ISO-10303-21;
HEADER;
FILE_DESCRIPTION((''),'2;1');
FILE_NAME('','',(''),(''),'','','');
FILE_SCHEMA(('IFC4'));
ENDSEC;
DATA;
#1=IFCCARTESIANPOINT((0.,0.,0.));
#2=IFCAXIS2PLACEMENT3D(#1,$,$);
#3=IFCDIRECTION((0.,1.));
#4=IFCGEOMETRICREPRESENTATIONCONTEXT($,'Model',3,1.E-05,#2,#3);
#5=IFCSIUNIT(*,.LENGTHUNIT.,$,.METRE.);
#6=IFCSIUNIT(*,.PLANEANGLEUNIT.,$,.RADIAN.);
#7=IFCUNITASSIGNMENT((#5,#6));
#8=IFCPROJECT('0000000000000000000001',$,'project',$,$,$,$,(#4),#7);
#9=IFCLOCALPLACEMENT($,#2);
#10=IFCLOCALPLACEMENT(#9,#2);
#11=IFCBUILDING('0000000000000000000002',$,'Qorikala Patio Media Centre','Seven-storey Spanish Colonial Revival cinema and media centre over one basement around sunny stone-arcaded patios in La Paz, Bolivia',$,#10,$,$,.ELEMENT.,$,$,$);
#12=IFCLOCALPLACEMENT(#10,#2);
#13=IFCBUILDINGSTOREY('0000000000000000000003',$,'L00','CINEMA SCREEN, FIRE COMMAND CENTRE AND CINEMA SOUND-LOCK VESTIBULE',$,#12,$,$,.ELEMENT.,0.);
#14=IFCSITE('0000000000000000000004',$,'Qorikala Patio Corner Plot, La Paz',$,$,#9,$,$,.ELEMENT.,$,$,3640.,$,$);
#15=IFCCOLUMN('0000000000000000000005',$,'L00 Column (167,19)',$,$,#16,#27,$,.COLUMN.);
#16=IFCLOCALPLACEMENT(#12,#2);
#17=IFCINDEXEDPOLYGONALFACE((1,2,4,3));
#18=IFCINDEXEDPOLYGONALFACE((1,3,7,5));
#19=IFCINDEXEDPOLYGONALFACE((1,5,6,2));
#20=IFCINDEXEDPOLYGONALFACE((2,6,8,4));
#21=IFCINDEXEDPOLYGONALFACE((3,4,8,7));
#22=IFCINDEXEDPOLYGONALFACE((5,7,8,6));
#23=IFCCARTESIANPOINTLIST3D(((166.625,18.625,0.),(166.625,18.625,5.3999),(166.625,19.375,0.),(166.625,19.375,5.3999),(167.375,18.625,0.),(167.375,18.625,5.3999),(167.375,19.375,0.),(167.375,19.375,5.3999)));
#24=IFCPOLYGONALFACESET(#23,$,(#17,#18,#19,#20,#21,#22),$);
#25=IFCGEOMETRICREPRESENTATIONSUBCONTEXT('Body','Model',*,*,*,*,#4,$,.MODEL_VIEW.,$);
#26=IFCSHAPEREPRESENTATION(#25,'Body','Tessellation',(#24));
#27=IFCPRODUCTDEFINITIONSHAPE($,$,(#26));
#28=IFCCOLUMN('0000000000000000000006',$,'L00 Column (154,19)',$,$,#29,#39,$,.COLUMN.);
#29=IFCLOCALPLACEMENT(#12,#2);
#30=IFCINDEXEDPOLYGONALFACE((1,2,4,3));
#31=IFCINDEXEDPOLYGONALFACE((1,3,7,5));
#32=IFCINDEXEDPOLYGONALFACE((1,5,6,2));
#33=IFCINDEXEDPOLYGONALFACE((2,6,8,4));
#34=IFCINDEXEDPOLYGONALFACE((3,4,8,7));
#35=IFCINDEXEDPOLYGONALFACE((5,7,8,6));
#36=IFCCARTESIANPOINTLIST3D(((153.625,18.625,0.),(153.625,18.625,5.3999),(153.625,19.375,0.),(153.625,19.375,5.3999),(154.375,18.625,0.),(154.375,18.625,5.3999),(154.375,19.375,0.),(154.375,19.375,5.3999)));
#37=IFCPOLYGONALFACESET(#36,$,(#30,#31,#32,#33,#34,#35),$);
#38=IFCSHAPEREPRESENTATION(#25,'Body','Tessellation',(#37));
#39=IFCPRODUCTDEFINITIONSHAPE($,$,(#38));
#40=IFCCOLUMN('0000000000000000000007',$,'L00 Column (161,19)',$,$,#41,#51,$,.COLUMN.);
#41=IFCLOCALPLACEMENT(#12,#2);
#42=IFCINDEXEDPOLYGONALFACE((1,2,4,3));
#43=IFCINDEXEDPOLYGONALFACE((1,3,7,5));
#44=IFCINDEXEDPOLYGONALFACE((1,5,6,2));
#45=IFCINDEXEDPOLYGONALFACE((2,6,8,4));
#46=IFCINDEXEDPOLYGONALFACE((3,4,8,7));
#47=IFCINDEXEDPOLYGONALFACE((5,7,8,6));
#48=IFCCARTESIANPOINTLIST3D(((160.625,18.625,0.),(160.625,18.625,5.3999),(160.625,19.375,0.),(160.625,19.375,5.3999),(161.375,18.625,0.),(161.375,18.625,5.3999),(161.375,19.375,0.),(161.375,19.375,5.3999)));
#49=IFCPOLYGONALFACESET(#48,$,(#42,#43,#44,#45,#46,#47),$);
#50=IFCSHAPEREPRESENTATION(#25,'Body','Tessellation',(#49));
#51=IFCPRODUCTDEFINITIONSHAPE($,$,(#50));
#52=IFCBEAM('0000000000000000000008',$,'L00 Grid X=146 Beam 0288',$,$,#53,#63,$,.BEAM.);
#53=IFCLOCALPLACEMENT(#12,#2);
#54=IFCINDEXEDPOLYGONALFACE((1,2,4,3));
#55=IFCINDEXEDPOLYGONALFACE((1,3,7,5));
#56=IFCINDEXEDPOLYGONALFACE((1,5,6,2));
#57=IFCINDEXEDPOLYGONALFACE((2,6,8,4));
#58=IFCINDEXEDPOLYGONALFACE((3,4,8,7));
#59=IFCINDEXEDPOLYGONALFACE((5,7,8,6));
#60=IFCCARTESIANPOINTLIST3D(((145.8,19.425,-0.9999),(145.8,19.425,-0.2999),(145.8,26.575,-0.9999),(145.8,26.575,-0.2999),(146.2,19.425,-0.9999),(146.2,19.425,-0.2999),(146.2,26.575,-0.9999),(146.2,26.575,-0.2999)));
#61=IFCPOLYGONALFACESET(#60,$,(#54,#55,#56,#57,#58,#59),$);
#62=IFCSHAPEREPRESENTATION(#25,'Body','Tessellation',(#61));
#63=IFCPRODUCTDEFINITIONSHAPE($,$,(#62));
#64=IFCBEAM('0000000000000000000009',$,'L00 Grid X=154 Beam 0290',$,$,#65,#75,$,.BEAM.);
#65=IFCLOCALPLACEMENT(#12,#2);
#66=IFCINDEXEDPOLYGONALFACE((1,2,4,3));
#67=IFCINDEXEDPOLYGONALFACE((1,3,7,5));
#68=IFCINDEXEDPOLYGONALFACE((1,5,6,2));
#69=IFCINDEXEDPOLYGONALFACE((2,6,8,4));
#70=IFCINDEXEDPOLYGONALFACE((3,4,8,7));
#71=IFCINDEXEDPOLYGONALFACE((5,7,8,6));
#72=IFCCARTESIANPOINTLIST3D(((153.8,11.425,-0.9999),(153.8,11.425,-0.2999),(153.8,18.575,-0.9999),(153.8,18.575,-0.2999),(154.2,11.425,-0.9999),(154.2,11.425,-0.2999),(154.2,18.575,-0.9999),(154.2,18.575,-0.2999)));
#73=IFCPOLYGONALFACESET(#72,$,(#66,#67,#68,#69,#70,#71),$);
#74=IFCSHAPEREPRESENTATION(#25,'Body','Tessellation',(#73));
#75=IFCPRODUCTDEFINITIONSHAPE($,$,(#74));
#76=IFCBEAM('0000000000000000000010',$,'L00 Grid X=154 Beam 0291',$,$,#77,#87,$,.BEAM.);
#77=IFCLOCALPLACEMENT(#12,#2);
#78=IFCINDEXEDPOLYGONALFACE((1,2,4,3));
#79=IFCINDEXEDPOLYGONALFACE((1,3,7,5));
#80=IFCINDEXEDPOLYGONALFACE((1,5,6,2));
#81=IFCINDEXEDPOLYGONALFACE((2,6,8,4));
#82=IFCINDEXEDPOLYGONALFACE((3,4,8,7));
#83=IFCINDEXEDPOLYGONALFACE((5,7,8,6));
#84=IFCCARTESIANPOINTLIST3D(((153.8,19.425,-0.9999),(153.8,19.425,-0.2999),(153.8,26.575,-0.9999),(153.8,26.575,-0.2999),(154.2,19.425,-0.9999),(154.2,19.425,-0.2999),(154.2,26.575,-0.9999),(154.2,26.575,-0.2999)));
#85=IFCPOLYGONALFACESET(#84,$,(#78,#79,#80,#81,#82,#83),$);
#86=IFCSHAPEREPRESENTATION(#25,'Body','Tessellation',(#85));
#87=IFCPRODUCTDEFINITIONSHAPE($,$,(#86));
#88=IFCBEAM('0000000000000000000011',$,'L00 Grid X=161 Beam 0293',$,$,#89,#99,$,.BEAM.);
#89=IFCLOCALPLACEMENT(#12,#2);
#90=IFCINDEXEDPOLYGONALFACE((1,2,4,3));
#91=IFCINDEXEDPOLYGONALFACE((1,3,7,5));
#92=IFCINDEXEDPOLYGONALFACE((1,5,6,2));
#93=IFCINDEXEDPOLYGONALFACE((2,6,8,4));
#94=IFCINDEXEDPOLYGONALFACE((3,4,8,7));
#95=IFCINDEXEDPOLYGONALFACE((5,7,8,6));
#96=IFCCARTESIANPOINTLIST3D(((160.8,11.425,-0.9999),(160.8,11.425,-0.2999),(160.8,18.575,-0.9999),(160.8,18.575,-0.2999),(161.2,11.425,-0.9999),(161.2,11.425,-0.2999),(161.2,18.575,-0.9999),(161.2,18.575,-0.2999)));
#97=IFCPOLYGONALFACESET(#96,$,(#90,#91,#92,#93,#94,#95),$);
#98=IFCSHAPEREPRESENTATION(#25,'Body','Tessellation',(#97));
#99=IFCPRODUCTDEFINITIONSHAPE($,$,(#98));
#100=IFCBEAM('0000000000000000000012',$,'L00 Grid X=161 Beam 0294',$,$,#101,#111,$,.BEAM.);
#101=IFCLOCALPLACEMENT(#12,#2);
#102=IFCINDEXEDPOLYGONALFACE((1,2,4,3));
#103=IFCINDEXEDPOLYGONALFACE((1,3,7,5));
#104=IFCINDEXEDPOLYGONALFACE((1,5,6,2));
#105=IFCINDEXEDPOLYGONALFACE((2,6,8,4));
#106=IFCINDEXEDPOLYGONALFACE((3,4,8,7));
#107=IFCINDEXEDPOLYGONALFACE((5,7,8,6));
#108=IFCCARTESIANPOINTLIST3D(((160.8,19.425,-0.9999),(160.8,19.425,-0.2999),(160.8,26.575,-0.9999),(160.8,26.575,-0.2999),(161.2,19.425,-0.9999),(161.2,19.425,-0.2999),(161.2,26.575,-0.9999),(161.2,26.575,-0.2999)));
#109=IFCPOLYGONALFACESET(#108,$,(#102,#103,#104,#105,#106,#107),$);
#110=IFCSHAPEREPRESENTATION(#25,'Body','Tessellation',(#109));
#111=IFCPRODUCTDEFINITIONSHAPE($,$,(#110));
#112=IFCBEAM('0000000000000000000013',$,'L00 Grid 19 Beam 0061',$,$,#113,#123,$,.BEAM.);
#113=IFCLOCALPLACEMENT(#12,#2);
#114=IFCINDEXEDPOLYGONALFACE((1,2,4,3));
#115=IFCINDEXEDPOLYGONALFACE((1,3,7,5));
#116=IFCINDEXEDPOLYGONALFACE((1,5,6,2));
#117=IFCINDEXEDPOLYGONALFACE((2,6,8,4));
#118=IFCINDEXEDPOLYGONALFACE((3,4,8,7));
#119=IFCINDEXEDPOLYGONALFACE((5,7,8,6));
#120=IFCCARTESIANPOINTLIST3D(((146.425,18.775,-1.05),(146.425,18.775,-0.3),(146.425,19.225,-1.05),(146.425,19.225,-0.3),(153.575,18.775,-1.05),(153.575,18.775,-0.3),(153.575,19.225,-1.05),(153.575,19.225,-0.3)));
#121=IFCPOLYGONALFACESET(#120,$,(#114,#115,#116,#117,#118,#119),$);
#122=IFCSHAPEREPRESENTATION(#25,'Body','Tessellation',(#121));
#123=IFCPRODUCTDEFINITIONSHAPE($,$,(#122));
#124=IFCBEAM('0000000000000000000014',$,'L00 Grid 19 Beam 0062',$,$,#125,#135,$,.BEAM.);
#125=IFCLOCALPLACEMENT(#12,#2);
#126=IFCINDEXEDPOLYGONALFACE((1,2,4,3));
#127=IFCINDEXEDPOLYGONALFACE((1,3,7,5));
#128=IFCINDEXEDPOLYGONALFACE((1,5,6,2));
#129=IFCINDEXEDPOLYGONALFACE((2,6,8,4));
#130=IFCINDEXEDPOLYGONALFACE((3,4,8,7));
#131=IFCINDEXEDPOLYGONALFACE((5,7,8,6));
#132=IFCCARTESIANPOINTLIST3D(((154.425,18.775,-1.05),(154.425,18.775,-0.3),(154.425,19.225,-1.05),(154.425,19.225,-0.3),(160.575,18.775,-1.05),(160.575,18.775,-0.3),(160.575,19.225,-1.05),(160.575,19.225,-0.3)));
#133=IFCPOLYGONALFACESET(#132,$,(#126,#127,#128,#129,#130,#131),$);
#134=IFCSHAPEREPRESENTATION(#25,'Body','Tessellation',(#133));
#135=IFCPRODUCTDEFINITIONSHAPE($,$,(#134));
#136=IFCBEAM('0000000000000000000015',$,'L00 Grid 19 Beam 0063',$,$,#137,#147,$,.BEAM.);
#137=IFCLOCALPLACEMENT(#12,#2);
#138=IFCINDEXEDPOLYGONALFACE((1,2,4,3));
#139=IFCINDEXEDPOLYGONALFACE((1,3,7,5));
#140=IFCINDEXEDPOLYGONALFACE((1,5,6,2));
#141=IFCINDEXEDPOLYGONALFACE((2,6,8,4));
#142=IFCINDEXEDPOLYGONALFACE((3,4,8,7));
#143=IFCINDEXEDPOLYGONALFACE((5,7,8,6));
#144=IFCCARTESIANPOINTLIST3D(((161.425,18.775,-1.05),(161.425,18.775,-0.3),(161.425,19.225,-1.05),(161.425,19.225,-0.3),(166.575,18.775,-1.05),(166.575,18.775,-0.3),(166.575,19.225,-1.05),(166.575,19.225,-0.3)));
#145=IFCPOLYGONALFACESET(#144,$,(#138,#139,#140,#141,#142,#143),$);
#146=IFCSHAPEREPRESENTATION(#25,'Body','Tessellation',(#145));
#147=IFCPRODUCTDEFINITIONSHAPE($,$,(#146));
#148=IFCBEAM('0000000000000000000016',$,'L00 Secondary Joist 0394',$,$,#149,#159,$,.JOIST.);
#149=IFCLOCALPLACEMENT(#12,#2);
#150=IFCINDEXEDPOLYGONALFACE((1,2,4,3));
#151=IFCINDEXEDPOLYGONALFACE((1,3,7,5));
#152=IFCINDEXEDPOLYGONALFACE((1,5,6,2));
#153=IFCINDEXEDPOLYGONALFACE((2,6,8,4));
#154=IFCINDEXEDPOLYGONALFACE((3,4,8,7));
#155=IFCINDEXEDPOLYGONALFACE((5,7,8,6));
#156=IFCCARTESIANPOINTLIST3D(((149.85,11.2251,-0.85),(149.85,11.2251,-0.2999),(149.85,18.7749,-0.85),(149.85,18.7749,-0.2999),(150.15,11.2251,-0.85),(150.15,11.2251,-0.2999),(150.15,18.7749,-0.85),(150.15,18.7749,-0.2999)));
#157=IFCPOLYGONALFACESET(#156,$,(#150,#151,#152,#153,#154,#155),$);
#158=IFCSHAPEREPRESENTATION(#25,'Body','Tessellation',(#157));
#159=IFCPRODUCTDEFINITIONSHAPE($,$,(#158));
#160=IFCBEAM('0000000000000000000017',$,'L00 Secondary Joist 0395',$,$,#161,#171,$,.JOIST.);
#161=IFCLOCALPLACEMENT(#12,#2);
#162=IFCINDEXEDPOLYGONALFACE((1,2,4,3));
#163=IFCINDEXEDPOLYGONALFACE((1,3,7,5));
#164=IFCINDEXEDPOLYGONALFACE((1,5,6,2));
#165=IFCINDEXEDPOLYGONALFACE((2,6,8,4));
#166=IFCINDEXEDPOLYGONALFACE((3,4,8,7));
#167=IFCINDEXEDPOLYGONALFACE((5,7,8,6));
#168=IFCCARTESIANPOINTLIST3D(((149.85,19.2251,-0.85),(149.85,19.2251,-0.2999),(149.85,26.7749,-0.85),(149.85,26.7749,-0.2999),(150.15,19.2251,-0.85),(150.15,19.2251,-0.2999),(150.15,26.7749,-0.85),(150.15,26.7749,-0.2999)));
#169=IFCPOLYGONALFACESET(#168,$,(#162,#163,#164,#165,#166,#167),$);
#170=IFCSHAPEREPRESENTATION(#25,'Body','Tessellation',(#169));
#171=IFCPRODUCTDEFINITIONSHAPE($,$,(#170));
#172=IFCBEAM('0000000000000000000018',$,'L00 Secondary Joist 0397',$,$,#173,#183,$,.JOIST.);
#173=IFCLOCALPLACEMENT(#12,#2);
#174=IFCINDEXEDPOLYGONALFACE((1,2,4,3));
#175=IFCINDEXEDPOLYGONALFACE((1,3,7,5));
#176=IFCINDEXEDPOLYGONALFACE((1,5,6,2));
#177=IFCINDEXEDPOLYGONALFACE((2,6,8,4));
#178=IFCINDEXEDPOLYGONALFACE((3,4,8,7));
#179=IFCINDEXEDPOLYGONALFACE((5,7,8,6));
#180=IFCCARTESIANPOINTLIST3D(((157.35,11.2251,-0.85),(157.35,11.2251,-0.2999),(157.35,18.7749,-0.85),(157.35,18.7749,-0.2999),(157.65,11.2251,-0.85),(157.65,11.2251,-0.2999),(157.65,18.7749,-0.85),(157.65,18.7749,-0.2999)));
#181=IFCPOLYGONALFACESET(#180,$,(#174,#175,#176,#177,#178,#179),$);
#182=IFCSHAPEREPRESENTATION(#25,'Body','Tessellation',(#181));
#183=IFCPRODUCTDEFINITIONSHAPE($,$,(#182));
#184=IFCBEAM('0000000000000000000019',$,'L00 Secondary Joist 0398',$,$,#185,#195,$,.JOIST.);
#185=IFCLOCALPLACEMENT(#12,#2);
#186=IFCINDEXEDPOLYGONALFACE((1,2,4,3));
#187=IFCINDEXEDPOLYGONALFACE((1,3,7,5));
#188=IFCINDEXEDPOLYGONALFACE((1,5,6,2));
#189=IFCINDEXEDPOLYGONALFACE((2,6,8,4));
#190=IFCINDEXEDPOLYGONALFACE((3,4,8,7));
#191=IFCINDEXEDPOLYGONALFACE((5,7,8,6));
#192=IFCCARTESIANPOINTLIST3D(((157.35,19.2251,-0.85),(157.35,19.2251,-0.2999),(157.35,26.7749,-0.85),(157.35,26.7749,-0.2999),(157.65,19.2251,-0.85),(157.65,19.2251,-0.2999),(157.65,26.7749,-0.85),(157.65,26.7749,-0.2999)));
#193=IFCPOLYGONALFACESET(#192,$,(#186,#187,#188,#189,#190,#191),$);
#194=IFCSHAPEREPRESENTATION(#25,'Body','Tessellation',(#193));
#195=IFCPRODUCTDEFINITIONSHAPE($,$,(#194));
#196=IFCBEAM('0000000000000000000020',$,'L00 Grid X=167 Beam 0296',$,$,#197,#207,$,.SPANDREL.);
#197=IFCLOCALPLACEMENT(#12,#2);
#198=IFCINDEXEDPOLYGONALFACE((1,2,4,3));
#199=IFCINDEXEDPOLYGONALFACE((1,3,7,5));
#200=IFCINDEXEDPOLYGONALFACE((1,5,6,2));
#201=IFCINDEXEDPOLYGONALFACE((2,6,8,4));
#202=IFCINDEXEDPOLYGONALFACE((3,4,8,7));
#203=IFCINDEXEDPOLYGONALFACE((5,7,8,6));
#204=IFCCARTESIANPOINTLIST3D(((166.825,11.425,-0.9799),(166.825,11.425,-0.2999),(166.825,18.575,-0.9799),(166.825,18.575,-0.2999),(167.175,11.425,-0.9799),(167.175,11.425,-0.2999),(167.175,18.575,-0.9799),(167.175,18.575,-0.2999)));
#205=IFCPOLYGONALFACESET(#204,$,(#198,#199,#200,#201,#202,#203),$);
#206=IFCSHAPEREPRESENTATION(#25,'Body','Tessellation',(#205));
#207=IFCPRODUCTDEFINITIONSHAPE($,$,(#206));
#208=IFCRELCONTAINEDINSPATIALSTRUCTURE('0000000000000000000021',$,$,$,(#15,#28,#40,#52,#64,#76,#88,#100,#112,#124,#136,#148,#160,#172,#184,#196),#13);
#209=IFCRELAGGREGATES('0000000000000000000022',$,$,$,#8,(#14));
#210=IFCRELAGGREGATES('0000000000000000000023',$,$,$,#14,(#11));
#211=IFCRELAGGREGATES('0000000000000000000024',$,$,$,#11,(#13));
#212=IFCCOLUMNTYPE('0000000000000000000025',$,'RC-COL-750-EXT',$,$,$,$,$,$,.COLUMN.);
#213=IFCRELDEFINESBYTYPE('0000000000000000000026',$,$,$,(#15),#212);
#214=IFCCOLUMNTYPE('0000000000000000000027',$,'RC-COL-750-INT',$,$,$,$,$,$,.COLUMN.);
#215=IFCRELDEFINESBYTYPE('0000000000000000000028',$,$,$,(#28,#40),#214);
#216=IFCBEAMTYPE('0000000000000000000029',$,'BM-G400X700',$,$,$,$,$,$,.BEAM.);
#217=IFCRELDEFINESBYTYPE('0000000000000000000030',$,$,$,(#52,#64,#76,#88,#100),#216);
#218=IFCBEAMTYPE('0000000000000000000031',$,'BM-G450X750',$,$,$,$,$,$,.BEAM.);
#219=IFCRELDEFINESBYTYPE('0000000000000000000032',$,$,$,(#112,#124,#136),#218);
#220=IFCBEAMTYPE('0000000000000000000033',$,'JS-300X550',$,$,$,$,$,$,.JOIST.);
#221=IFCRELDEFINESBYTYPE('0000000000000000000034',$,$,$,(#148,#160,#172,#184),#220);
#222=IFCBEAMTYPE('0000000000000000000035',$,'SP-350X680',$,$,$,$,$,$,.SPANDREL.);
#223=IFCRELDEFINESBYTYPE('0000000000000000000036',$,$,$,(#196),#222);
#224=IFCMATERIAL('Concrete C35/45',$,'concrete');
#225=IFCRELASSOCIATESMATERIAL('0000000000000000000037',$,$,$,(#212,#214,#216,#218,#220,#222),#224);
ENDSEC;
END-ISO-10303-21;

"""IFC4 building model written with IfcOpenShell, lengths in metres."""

from ifc_helpers import new_model, si_unit, direction, frame, origin, origin_2d, place, context, subcontext, project, spatial, rectangle, extrude, material, material_profile, profile_set, type_object, element, save


model = new_model("IFC4")

# Units and contexts
model_context = context("Model", 3, precision=1e-05, world=origin(), true_north=direction((0.0, 1.0)))
body_context = subcontext(model_context, "Body", "Model", "MODEL_VIEW")
ifc_project = project(units=[si_unit("LENGTHUNIT", "METRE"), si_unit("PLANEANGLEUNIT", "RADIAN")], contexts=[model_context])

# Site, building, storey
site_placement = place(None, origin())
site = spatial("IfcSite", under=ifc_project, at=site_placement, Name="Qorikala Patio Corner Plot, La Paz", CompositionType="ELEMENT", RefElevation=3640.0)
building_placement = place(site_placement, origin())
building = spatial("IfcBuilding", under=site, at=building_placement, Name="Qorikala Patio Media Centre", Description="Seven-storey Spanish Colonial Revival cinema and media centre over one basement around sunny stone-arcaded patios in La Paz, Bolivia", CompositionType="ELEMENT")
storey_placement = place(building_placement, origin())
storey = spatial("IfcBuildingStorey", under=building, at=storey_placement, Name="L00", Description="CINEMA SCREEN, FIRE COMMAND CENTRE AND CINEMA SOUND-LOCK VESTIBULE", CompositionType="ELEMENT", Elevation=0.0)

# Columns
ifc_material_1 = material(Name="Concrete C35/45", Category="concrete")
ifc_material_profile_1 = material_profile(ifc_material_1, rectangle(XDim=0.75, YDim=0.75, at=origin_2d()), Name="RC 750x750")
ifc_profile_set_1 = profile_set([ifc_material_profile_1], Name="Concrete C35/45")
column_type_1 = type_object("IfcColumnType", Name="RC-COL-750-EXT", PredefinedType="COLUMN", material=ifc_profile_set_1)
column_placement = place(storey_placement, frame((167.0, 19.0, 0.0), z_axis=(0.0, 0.0, 1.0), x_axis=(1.0, 0.0, 0.0)))
element("IfcColumn", 1, at=column_placement, inside=storey, type_object=column_type_1, Name="L00 Column (167,19)", PredefinedType="COLUMN", context=body_context, shape_type="SweptSolid", body=[
    extrude(rectangle(XDim=0.75, YDim=0.75, at=origin_2d()), origin(), (0.0, 0.0, 1.0), 5.3999),
])
ifc_material_profile_2 = material_profile(ifc_material_1, rectangle(XDim=0.75, YDim=0.75, at=origin_2d()), Name="RC 750x750")
ifc_profile_set_2 = profile_set([ifc_material_profile_2], Name="Concrete C35/45")
column_type_2 = type_object("IfcColumnType", Name="RC-COL-750-INT", PredefinedType="COLUMN", material=ifc_profile_set_2)
for number, where, z_axis, x_axis, name in (
    (2, (154.0, 19.0, 0.0), (0.0, 0.0, 1.0), (1.0, 0.0, 0.0), "L00 Column (154,19)"),
    (3, (161.0, 19.0, 0.0), (0.0, 0.0, 1.0), (1.0, 0.0, 0.0), "L00 Column (161,19)"),
):
    element("IfcColumn", number, at=place(storey_placement, frame(where, z_axis=z_axis, x_axis=x_axis)), inside=storey, type_object=column_type_2, Name=name, PredefinedType="COLUMN", context=body_context, shape_type="SweptSolid", body=[
        extrude(rectangle(XDim=0.75, YDim=0.75, at=origin_2d()), origin(), (0.0, 0.0, 1.0), 5.3999),
    ])

# Beams
ifc_material_profile_3 = material_profile(ifc_material_1, rectangle(XDim=0.3999, YDim=0.7, at=origin_2d()), Name="RC 400x700")
ifc_profile_set_3 = profile_set([ifc_material_profile_3], Name="Concrete C35/45")
beam_type_1 = type_object("IfcBeamType", Name="BM-G400X700", PredefinedType="BEAM", material=ifc_profile_set_3)
for number, where, z_axis, x_axis, name in (
    (4, (146.0, 19.425, -0.6499), (0.0, 1.0, 0.0), (-1.0, 0.0, 0.0), "L00 Grid X=146 Beam 0288"),
    (5, (154.0, 11.425, -0.6499), (0.0, 1.0, 0.0), (-1.0, 0.0, 0.0), "L00 Grid X=154 Beam 0290"),
    (6, (154.0, 19.425, -0.6499), (0.0, 1.0, 0.0), (-1.0, 0.0, 0.0), "L00 Grid X=154 Beam 0291"),
    (7, (161.0, 11.425, -0.6499), (0.0, 1.0, 0.0), (-1.0, 0.0, 0.0), "L00 Grid X=161 Beam 0293"),
    (8, (161.0, 19.425, -0.6499), (0.0, 1.0, 0.0), (-1.0, 0.0, 0.0), "L00 Grid X=161 Beam 0294"),
):
    element("IfcBeam", number, at=place(storey_placement, frame(where, z_axis=z_axis, x_axis=x_axis)), inside=storey, type_object=beam_type_1, Name=name, PredefinedType="BEAM", context=body_context, shape_type="SweptSolid", body=[
        extrude(rectangle(XDim=0.3999, YDim=0.7, at=origin_2d()), origin(), (0.0, 0.0, 1.0), 7.1499),
    ])
ifc_material_profile_4 = material_profile(ifc_material_1, rectangle(XDim=0.45, YDim=0.75, at=origin_2d()), Name="RC 450x750")
ifc_profile_set_4 = profile_set([ifc_material_profile_4], Name="Concrete C35/45")
beam_type_2 = type_object("IfcBeamType", Name="BM-G450X750", PredefinedType="BEAM", material=ifc_profile_set_4)
beam_1_placement = place(storey_placement, frame((146.425, 19.0, -0.675), z_axis=(1.0, 0.0, 0.0), x_axis=(0.0, 1.0, 0.0)))
element("IfcBeam", 9, at=beam_1_placement, inside=storey, type_object=beam_type_2, Name="L00 Grid 19 Beam 0061", PredefinedType="BEAM", context=body_context, shape_type="SweptSolid", body=[
    extrude(rectangle(XDim=0.45, YDim=0.75, at=origin_2d()), origin(), (0.0, 0.0, 1.0), 7.1499),
])
beam_2_placement = place(storey_placement, frame((154.425, 19.0, -0.675), z_axis=(1.0, 0.0, 0.0), x_axis=(0.0, 1.0, 0.0)))
element("IfcBeam", 10, at=beam_2_placement, inside=storey, type_object=beam_type_2, Name="L00 Grid 19 Beam 0062", PredefinedType="BEAM", context=body_context, shape_type="SweptSolid", body=[
    extrude(rectangle(XDim=0.45, YDim=0.75, at=origin_2d()), origin(), (0.0, 0.0, 1.0), 6.1499),
])
beam_3_placement = place(storey_placement, frame((161.425, 19.0, -0.675), z_axis=(1.0, 0.0, 0.0), x_axis=(0.0, 1.0, 0.0)))
element("IfcBeam", 11, at=beam_3_placement, inside=storey, type_object=beam_type_2, Name="L00 Grid 19 Beam 0063", PredefinedType="BEAM", context=body_context, shape_type="SweptSolid", body=[
    extrude(rectangle(XDim=0.45, YDim=0.75, at=origin_2d()), origin(), (0.0, 0.0, 1.0), 5.1499),
])
ifc_material_profile_5 = material_profile(ifc_material_1, rectangle(XDim=0.3, YDim=0.55, at=origin_2d()), Name="RC 300x550")
ifc_profile_set_5 = profile_set([ifc_material_profile_5], Name="Concrete C35/45")
beam_type_3 = type_object("IfcBeamType", Name="JS-300X550", PredefinedType="JOIST", material=ifc_profile_set_5)
for number, where, z_axis, x_axis, name in (
    (12, (150.0, 11.2251, -0.575), (0.0, 1.0, 0.0), (-1.0, 0.0, 0.0), "L00 Secondary Joist 0394"),
    (13, (150.0, 19.2251, -0.575), (0.0, 1.0, 0.0), (-1.0, 0.0, 0.0), "L00 Secondary Joist 0395"),
    (14, (157.5, 11.2251, -0.575), (0.0, 1.0, 0.0), (-1.0, 0.0, 0.0), "L00 Secondary Joist 0397"),
    (15, (157.5, 19.2251, -0.575), (0.0, 1.0, 0.0), (-1.0, 0.0, 0.0), "L00 Secondary Joist 0398"),
):
    element("IfcBeam", number, at=place(storey_placement, frame(where, z_axis=z_axis, x_axis=x_axis)), inside=storey, type_object=beam_type_3, Name=name, PredefinedType="JOIST", context=body_context, shape_type="SweptSolid", body=[
        extrude(rectangle(XDim=0.3, YDim=0.55, at=origin_2d()), origin(), (0.0, 0.0, 1.0), 7.5498),
    ])
ifc_material_profile_6 = material_profile(ifc_material_1, rectangle(XDim=0.3501, YDim=0.6799, at=origin_2d()), Name="RC 350x680")
ifc_profile_set_6 = profile_set([ifc_material_profile_6], Name="Concrete C35/45")
beam_type_4 = type_object("IfcBeamType", Name="SP-350X680", PredefinedType="SPANDREL", material=ifc_profile_set_6)
for number, where, z_axis, x_axis, name in (
    (16, (167.0, 11.425, -0.6399), (0.0, 1.0, 0.0), (-1.0, 0.0, 0.0), "L00 Grid X=167 Beam 0296"),
):
    element("IfcBeam", number, at=place(storey_placement, frame(where, z_axis=z_axis, x_axis=x_axis)), inside=storey, type_object=beam_type_4, Name=name, PredefinedType="SPANDREL", context=body_context, shape_type="SweptSolid", body=[
        extrude(rectangle(XDim=0.3501, YDim=0.6799, at=origin_2d()), origin(), (0.0, 0.0, 1.0), 7.1499),
    ])

save(model, "model.ifc")
